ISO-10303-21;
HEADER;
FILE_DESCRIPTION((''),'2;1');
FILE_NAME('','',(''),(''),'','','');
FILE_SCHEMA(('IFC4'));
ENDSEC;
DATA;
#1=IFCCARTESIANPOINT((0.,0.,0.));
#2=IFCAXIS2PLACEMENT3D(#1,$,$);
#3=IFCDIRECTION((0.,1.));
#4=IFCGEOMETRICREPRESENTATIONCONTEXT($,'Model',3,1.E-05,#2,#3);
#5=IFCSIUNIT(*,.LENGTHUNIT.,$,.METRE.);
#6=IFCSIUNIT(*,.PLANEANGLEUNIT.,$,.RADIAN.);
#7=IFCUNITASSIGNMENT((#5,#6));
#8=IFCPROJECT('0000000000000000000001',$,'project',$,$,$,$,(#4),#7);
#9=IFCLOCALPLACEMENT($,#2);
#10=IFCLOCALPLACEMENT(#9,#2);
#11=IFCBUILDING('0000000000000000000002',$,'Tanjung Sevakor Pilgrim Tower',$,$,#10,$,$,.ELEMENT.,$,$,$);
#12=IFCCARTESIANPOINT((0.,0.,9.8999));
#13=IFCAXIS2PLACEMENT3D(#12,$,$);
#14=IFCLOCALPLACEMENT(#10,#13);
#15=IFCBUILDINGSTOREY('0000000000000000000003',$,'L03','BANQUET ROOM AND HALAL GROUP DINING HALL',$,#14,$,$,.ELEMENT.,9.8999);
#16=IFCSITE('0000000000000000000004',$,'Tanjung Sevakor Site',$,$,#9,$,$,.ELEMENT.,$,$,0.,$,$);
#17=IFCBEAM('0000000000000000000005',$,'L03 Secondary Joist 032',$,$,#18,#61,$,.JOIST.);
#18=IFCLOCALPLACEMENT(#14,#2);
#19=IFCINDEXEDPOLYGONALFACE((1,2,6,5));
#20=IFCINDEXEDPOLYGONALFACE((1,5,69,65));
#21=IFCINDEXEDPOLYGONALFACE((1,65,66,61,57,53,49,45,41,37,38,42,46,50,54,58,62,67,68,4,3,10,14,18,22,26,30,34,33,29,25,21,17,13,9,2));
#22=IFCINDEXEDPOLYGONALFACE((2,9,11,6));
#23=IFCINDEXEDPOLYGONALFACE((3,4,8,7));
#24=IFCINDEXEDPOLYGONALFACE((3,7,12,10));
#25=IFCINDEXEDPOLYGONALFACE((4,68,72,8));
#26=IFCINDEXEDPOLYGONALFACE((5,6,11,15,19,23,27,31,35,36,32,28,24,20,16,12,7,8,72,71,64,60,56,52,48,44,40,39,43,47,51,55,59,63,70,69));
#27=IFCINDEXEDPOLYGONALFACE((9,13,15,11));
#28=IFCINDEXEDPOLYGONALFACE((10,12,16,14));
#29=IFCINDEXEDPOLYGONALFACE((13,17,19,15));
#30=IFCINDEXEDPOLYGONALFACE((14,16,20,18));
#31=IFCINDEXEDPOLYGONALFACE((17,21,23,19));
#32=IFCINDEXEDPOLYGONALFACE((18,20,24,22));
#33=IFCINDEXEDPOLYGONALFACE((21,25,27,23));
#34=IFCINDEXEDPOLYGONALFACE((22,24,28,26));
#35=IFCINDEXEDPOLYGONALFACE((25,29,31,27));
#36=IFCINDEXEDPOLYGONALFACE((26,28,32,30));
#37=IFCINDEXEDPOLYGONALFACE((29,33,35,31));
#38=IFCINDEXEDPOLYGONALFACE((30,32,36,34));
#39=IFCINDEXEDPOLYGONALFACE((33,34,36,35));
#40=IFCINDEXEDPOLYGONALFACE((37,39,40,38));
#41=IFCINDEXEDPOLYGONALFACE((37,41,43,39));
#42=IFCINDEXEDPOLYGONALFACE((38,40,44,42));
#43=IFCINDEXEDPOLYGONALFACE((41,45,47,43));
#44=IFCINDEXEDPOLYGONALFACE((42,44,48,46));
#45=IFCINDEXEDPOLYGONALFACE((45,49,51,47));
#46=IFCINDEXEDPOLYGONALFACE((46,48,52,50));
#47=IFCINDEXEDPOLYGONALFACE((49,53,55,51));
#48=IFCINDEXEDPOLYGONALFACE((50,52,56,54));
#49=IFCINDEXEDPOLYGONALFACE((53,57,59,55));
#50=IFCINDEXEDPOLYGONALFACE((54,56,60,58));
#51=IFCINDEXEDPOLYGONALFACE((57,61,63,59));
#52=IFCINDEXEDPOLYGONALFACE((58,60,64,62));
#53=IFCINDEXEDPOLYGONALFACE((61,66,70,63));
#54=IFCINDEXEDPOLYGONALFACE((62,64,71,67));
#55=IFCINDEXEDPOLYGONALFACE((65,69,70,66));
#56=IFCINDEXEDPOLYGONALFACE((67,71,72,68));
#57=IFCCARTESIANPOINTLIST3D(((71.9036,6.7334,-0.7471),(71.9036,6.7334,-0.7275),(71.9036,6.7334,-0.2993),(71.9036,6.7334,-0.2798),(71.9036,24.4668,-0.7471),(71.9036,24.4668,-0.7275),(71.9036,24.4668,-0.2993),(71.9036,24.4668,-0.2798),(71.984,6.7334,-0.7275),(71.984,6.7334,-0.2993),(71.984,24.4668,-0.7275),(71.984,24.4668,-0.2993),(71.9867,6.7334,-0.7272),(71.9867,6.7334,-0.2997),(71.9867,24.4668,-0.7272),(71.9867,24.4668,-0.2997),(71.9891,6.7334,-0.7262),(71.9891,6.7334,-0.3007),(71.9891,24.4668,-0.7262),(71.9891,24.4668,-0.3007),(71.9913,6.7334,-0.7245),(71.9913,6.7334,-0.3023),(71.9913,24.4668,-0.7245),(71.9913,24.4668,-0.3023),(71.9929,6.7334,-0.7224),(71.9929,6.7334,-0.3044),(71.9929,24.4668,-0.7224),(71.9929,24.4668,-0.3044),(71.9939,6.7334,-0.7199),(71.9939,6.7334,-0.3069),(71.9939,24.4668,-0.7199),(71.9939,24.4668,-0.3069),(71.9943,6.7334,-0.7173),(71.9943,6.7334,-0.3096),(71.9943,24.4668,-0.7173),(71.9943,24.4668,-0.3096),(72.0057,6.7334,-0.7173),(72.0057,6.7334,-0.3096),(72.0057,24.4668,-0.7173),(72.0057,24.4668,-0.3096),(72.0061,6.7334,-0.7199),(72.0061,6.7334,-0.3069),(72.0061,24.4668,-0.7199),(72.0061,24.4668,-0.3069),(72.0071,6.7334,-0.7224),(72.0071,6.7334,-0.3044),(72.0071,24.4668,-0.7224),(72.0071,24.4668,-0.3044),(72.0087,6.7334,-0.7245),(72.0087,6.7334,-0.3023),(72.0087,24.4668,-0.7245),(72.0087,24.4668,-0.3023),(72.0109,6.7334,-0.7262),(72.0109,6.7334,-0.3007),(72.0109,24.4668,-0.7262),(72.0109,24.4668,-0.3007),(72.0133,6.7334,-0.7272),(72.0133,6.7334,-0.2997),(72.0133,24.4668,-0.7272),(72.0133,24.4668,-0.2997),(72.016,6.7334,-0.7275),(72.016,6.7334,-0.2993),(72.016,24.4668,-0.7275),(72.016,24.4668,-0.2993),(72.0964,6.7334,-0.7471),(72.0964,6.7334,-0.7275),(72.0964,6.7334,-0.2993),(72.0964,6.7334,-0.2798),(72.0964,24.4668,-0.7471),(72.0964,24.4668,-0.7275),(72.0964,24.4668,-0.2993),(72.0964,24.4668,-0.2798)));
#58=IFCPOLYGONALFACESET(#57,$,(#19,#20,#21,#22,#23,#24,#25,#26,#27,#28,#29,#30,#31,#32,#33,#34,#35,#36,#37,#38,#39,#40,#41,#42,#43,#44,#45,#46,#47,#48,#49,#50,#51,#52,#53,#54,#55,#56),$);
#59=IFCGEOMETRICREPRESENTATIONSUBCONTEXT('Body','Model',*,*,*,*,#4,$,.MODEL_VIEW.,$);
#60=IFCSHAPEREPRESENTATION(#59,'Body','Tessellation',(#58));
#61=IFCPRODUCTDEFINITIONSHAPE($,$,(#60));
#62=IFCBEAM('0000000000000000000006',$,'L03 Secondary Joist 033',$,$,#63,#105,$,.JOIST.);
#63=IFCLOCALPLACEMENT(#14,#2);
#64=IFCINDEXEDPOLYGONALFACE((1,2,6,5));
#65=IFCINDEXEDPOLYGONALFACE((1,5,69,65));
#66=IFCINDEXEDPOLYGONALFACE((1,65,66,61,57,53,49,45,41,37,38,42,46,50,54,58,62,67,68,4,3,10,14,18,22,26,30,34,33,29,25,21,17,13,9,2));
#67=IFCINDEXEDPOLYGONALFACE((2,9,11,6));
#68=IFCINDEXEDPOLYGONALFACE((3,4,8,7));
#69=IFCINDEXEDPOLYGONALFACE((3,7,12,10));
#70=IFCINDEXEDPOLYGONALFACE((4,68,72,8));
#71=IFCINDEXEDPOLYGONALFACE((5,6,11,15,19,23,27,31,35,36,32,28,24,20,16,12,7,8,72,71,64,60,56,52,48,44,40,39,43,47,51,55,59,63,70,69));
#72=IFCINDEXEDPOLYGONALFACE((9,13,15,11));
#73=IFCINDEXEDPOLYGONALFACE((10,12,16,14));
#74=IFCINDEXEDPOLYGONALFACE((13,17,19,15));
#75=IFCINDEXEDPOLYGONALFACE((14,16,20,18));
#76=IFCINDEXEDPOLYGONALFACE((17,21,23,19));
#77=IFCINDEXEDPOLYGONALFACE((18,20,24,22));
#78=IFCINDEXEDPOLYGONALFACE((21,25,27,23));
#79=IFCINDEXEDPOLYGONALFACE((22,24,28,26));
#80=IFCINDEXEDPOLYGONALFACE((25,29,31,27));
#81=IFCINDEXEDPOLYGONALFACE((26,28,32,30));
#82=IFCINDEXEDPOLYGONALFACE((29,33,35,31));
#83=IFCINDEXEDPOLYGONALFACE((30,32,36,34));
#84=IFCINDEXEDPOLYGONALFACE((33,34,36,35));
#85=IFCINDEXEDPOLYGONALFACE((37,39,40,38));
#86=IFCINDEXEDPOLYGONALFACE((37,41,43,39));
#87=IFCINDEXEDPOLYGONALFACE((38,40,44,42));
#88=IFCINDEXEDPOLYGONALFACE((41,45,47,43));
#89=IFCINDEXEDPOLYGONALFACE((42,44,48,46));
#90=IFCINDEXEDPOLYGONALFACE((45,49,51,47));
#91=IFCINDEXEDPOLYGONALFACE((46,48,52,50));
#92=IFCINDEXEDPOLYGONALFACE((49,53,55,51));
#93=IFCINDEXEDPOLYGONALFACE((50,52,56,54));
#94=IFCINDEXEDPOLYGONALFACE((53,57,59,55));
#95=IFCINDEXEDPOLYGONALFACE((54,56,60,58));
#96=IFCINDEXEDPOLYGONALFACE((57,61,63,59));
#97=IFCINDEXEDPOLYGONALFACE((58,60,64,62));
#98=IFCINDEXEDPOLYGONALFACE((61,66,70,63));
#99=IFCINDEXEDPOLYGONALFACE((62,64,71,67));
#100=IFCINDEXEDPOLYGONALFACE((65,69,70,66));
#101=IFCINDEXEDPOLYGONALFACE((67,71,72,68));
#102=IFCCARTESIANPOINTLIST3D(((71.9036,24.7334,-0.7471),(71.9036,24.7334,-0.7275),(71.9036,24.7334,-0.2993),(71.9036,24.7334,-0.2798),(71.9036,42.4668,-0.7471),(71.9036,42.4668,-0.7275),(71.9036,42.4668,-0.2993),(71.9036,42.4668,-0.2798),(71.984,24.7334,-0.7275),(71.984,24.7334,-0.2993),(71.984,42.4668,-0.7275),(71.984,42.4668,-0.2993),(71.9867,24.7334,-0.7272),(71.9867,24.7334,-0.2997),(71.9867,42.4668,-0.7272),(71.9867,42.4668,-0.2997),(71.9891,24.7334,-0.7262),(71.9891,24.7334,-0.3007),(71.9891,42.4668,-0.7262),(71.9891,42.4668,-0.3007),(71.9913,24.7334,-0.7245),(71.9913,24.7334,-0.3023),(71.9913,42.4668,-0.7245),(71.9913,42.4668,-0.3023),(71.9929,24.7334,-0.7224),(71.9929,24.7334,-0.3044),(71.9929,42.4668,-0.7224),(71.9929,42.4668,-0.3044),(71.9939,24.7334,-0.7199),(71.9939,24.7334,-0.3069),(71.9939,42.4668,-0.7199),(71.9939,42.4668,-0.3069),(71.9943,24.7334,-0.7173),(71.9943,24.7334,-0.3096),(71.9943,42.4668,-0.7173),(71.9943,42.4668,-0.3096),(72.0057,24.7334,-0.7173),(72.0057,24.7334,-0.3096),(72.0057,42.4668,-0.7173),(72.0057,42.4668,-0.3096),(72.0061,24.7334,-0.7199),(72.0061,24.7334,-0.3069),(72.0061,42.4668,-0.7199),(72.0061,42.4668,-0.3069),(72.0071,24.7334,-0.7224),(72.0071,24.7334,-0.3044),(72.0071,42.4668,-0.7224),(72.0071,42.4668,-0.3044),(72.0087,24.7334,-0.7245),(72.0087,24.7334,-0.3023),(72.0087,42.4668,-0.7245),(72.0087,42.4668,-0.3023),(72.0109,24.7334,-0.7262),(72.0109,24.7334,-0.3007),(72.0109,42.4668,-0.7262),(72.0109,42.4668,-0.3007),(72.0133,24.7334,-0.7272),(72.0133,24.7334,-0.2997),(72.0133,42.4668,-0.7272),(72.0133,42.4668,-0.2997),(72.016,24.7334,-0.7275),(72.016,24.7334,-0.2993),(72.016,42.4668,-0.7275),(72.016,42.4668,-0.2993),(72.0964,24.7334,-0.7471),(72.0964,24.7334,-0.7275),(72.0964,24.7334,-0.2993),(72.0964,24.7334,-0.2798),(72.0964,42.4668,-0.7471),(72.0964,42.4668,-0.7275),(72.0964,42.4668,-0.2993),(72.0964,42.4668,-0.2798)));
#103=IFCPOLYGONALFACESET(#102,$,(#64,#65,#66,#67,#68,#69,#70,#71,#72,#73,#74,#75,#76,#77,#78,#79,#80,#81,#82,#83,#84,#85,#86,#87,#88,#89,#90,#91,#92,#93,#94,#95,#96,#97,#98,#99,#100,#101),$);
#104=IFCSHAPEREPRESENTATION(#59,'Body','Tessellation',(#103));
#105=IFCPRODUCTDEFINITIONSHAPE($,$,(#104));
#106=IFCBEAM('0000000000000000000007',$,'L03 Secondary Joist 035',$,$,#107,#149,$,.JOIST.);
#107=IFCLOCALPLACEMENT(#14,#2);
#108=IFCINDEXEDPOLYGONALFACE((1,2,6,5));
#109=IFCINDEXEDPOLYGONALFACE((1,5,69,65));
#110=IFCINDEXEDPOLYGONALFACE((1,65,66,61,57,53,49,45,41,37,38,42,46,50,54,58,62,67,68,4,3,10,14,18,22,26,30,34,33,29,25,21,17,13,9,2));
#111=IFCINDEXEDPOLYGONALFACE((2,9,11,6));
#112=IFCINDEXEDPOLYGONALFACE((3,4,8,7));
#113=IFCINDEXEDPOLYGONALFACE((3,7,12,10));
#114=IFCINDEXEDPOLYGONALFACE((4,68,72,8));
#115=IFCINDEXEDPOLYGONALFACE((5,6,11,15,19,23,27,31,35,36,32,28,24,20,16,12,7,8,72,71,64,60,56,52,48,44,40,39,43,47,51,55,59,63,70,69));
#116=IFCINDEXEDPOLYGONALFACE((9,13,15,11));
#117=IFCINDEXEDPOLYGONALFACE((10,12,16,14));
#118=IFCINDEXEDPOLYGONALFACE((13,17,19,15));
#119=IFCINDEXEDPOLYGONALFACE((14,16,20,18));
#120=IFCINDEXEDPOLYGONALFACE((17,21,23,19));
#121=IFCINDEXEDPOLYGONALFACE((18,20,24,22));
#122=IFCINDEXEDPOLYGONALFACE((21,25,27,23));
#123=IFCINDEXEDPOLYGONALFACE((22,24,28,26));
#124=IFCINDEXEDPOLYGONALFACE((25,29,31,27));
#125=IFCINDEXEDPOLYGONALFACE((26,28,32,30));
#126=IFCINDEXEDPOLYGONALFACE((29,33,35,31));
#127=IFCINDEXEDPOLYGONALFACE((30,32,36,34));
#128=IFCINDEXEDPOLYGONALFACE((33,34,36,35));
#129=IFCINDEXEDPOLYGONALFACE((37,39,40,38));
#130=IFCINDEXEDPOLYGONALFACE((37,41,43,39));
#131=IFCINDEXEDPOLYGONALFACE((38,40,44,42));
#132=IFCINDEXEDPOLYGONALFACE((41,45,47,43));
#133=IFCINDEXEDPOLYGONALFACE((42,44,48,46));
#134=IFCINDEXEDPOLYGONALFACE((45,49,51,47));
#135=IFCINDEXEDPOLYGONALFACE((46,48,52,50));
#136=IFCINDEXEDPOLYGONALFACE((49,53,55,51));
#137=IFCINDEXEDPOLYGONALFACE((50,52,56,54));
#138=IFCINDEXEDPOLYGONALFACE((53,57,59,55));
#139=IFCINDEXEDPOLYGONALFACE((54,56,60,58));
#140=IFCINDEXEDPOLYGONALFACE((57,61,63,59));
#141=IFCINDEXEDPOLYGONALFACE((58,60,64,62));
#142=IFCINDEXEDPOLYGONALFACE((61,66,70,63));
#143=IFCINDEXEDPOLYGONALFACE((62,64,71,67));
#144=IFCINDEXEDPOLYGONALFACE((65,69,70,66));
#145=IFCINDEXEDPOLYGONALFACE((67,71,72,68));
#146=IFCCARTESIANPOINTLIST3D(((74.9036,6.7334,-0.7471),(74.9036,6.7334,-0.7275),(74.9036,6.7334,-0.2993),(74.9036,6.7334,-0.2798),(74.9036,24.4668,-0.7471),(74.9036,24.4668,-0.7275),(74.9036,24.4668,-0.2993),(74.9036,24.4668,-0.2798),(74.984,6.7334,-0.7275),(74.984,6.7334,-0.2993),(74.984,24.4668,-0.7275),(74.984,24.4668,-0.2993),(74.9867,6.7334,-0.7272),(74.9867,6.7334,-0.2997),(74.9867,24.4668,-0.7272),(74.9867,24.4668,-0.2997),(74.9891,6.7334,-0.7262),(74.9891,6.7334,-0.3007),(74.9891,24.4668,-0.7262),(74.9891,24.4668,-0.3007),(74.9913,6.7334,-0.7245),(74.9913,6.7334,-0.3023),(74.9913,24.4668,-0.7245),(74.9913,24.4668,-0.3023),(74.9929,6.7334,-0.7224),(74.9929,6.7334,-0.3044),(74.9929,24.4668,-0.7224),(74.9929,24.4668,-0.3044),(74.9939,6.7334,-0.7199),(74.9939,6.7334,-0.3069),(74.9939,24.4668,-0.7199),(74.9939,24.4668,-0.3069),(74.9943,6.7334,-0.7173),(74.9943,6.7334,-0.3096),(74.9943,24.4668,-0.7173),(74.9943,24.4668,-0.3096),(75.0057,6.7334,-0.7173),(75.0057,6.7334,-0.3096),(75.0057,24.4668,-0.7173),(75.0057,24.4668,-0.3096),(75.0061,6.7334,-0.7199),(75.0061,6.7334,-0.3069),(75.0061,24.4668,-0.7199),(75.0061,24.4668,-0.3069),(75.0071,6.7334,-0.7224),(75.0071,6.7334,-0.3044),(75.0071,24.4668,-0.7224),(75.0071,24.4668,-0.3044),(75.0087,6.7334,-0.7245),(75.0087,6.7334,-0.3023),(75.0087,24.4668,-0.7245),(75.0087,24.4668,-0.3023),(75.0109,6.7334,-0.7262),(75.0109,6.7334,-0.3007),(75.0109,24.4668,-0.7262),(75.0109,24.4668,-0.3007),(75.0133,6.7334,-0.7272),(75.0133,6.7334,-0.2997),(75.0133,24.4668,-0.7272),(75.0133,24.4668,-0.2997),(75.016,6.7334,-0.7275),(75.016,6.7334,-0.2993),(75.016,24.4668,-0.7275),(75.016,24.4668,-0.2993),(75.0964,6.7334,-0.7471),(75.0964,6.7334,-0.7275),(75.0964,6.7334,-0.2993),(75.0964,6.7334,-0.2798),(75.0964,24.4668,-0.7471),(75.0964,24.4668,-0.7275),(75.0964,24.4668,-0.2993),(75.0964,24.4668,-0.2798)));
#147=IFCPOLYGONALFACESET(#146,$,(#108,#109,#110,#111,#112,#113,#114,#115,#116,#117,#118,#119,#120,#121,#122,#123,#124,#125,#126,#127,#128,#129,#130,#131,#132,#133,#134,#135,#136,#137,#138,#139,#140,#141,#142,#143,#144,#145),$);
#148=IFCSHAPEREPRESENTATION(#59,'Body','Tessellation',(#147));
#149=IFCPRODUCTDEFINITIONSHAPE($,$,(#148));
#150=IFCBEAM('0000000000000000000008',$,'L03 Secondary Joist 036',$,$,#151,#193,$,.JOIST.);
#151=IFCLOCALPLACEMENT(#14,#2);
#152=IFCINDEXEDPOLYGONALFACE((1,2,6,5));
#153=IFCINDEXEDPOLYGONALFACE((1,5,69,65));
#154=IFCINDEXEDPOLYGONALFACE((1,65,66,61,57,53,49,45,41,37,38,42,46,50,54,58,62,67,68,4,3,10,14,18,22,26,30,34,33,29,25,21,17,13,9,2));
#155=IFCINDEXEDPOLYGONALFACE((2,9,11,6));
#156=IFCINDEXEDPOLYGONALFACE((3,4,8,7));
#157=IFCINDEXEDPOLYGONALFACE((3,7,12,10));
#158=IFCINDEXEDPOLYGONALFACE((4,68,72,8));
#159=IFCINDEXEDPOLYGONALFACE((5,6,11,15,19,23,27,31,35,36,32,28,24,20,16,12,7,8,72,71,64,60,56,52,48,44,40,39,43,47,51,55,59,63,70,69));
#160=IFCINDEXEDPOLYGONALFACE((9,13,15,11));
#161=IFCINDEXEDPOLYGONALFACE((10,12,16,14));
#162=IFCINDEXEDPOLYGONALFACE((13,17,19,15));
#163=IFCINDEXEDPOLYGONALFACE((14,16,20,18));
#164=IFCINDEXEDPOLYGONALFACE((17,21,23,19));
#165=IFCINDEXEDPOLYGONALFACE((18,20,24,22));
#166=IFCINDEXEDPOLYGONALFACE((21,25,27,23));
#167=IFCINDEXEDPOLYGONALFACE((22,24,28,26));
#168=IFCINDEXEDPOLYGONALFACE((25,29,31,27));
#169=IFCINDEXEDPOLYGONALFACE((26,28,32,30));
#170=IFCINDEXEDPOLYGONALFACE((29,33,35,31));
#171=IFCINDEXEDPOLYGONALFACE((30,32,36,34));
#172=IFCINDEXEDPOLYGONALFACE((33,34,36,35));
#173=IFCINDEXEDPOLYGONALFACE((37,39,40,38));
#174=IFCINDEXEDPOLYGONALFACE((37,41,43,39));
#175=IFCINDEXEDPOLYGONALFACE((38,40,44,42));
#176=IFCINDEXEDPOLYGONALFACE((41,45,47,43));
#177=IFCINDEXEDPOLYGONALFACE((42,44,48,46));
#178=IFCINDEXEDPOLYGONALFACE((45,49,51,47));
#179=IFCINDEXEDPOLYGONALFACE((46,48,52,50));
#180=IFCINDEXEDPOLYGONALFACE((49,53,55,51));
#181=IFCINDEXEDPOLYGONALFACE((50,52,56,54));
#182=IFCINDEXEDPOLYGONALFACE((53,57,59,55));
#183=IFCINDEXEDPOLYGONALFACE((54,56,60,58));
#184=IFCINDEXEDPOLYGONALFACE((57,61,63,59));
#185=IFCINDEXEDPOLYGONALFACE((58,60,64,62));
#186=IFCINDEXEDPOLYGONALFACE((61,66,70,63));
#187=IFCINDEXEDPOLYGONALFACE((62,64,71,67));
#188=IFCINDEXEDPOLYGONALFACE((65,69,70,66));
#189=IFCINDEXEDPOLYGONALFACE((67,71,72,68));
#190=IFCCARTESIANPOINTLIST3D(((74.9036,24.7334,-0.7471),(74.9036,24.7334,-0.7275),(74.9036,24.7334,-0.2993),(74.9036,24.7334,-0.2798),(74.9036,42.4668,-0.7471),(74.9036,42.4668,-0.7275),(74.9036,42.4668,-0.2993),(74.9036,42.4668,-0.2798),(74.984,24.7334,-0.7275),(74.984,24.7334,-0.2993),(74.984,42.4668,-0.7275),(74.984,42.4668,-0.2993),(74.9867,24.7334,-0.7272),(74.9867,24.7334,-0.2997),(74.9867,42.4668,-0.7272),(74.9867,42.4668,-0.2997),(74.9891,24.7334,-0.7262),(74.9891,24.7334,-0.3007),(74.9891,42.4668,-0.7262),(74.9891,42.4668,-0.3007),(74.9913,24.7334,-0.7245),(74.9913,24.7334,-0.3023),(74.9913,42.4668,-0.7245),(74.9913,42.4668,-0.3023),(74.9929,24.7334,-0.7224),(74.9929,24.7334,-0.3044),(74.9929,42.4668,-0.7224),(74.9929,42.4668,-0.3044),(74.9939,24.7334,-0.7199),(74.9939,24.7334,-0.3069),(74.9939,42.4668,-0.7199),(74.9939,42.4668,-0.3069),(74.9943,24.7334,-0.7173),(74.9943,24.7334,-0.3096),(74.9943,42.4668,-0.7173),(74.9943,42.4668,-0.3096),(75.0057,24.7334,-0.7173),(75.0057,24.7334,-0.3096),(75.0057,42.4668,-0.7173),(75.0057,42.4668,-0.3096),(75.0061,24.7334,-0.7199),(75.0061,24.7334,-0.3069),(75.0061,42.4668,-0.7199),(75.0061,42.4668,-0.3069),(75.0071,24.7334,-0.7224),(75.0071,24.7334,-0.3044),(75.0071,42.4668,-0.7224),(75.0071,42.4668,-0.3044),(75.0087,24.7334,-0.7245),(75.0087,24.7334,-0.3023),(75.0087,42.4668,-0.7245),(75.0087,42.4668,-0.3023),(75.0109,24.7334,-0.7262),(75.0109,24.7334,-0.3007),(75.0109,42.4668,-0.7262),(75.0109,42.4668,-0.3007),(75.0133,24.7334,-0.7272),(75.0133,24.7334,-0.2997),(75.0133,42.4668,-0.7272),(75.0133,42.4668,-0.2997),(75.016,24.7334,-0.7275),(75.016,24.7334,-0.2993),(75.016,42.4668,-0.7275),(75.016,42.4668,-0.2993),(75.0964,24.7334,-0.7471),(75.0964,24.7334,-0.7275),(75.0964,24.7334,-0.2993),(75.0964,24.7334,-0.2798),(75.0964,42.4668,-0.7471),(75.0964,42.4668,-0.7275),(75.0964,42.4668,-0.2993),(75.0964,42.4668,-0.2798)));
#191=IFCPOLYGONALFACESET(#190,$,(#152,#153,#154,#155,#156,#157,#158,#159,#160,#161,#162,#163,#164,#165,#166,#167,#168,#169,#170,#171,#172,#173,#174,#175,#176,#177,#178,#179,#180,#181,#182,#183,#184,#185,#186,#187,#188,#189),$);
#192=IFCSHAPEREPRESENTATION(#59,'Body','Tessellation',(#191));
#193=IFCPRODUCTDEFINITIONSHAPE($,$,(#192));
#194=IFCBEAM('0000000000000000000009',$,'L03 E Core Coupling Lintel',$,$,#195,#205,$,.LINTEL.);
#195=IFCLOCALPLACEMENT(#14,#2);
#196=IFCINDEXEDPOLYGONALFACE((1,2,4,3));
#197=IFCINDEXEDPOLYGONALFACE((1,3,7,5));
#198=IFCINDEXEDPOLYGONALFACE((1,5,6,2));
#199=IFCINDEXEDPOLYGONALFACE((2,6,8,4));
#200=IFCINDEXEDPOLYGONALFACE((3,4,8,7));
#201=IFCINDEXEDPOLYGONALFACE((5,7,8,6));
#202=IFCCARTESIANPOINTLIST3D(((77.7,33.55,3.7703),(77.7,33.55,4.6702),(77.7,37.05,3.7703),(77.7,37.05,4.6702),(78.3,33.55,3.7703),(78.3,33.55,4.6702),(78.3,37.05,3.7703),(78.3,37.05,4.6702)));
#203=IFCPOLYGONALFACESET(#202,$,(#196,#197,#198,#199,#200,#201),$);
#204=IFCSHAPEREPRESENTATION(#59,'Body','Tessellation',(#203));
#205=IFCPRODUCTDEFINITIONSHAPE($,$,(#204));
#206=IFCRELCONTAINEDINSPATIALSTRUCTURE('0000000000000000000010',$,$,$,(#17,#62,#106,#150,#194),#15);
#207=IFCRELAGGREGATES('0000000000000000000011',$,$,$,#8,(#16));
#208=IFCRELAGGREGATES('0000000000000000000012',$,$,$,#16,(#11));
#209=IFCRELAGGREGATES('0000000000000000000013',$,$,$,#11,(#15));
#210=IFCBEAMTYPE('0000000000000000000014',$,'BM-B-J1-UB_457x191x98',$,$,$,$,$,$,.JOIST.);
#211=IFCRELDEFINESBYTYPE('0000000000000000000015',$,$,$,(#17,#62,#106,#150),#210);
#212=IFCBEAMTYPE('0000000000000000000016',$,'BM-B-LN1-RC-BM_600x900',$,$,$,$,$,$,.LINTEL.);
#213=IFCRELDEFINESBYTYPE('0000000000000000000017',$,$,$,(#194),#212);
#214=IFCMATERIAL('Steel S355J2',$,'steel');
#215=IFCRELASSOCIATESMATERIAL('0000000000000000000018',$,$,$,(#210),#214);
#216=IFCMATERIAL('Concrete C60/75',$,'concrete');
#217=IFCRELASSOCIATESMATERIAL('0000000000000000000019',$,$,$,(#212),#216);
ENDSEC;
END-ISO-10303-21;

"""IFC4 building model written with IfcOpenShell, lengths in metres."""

from ifc_helpers import new_model, si_unit, direction, frame, origin, origin_2d, place, context, subcontext, project, spatial, rectangle, i_section, extrude, material, material_profile, profile_set, type_object, element, save


model = new_model("IFC4")

# Units and contexts
model_context = context("Model", 3, precision=1e-05, world=origin(), true_north=direction((0.0, 1.0)))
body_context = subcontext(model_context, "Body", "Model", "MODEL_VIEW")
ifc_project = project(units=[si_unit("LENGTHUNIT", "METRE"), si_unit("PLANEANGLEUNIT", "RADIAN")], contexts=[model_context])

# Site, building, storey
site_placement = place(None, origin())
site = spatial("IfcSite", under=ifc_project, at=site_placement, Name="Tanjung Sevakor Site", CompositionType="ELEMENT", RefElevation=0.0)
building_placement = place(site_placement, origin())
building = spatial("IfcBuilding", under=site, at=building_placement, Name="Tanjung Sevakor Pilgrim Tower", CompositionType="ELEMENT")
storey_placement = place(building_placement, frame((0.0, 0.0, 9.8999)))
storey = spatial("IfcBuildingStorey", under=building, at=storey_placement, Name="L03", Description="BANQUET ROOM AND HALAL GROUP DINING HALL", CompositionType="ELEMENT", Elevation=9.8999)

# Beams
ifc_material_1 = material(Name="Steel S355J2", Category="steel")
ifc_material_profile_1 = material_profile(ifc_material_1, i_section(OverallWidth=0.1929, OverallDepth=0.4673, WebThickness=0.0115, FlangeThickness=0.0195, FilletRadius=0.0103, at=origin_2d()))
ifc_profile_set_1 = profile_set([ifc_material_profile_1], Name="Steel S355J2")
beam_type_1 = type_object("IfcBeamType", Name="BM-B-J1-UB_457x191x98", PredefinedType="JOIST", material=ifc_profile_set_1)
for number, where, z_axis, x_axis, name in (
    (1, (72.0, 6.7334, -0.5134), (0.0, 1.0, 0.0), (-1.0, 0.0, 0.0), "L03 Secondary Joist 032"),
    (2, (72.0, 24.7334, -0.5134), (0.0, 1.0, 0.0), (-1.0, 0.0, 0.0), "L03 Secondary Joist 033"),
    (3, (75.0, 6.7334, -0.5134), (0.0, 1.0, 0.0), (-1.0, 0.0, 0.0), "L03 Secondary Joist 035"),
    (4, (75.0, 24.7334, -0.5134), (0.0, 1.0, 0.0), (-1.0, 0.0, 0.0), "L03 Secondary Joist 036"),
):
    element("IfcBeam", number, at=place(storey_placement, frame(where, z_axis=z_axis, x_axis=x_axis)), inside=storey, type_object=beam_type_1, Name=name, PredefinedType="JOIST", context=body_context, shape_type="SweptSolid", body=[
        extrude(i_section(OverallWidth=0.1929, OverallDepth=0.4673, WebThickness=0.0115, FlangeThickness=0.0195, FilletRadius=0.0103, at=origin_2d()), origin(), (0.0, 0.0, 1.0), 17.7334),
    ])
ifc_material_2 = material(Name="Concrete C60/75", Category="concrete")
ifc_material_profile_2 = material_profile(ifc_material_2, rectangle(XDim=0.6001, YDim=0.8999, at=origin_2d()))
ifc_profile_set_2 = profile_set([ifc_material_profile_2], Name="Concrete C60/75")
beam_type_2 = type_object("IfcBeamType", Name="BM-B-LN1-RC-BM_600x900", PredefinedType="LINTEL", material=ifc_profile_set_2)
beam_1_placement = place(storey_placement, frame((78.0, 33.55, 4.2202), z_axis=(0.0, 1.0, 0.0), x_axis=(-1.0, 0.0, 0.0)))
element("IfcBeam", 5, at=beam_1_placement, inside=storey, type_object=beam_type_2, Name="L03 E Core Coupling Lintel", PredefinedType="LINTEL", context=body_context, shape_type="SweptSolid", body=[
    extrude(rectangle(XDim=0.6001, YDim=0.8999, at=origin_2d()), origin(), (0.0, 0.0, 1.0), 3.5),
])

save(model, "model.ifc")
